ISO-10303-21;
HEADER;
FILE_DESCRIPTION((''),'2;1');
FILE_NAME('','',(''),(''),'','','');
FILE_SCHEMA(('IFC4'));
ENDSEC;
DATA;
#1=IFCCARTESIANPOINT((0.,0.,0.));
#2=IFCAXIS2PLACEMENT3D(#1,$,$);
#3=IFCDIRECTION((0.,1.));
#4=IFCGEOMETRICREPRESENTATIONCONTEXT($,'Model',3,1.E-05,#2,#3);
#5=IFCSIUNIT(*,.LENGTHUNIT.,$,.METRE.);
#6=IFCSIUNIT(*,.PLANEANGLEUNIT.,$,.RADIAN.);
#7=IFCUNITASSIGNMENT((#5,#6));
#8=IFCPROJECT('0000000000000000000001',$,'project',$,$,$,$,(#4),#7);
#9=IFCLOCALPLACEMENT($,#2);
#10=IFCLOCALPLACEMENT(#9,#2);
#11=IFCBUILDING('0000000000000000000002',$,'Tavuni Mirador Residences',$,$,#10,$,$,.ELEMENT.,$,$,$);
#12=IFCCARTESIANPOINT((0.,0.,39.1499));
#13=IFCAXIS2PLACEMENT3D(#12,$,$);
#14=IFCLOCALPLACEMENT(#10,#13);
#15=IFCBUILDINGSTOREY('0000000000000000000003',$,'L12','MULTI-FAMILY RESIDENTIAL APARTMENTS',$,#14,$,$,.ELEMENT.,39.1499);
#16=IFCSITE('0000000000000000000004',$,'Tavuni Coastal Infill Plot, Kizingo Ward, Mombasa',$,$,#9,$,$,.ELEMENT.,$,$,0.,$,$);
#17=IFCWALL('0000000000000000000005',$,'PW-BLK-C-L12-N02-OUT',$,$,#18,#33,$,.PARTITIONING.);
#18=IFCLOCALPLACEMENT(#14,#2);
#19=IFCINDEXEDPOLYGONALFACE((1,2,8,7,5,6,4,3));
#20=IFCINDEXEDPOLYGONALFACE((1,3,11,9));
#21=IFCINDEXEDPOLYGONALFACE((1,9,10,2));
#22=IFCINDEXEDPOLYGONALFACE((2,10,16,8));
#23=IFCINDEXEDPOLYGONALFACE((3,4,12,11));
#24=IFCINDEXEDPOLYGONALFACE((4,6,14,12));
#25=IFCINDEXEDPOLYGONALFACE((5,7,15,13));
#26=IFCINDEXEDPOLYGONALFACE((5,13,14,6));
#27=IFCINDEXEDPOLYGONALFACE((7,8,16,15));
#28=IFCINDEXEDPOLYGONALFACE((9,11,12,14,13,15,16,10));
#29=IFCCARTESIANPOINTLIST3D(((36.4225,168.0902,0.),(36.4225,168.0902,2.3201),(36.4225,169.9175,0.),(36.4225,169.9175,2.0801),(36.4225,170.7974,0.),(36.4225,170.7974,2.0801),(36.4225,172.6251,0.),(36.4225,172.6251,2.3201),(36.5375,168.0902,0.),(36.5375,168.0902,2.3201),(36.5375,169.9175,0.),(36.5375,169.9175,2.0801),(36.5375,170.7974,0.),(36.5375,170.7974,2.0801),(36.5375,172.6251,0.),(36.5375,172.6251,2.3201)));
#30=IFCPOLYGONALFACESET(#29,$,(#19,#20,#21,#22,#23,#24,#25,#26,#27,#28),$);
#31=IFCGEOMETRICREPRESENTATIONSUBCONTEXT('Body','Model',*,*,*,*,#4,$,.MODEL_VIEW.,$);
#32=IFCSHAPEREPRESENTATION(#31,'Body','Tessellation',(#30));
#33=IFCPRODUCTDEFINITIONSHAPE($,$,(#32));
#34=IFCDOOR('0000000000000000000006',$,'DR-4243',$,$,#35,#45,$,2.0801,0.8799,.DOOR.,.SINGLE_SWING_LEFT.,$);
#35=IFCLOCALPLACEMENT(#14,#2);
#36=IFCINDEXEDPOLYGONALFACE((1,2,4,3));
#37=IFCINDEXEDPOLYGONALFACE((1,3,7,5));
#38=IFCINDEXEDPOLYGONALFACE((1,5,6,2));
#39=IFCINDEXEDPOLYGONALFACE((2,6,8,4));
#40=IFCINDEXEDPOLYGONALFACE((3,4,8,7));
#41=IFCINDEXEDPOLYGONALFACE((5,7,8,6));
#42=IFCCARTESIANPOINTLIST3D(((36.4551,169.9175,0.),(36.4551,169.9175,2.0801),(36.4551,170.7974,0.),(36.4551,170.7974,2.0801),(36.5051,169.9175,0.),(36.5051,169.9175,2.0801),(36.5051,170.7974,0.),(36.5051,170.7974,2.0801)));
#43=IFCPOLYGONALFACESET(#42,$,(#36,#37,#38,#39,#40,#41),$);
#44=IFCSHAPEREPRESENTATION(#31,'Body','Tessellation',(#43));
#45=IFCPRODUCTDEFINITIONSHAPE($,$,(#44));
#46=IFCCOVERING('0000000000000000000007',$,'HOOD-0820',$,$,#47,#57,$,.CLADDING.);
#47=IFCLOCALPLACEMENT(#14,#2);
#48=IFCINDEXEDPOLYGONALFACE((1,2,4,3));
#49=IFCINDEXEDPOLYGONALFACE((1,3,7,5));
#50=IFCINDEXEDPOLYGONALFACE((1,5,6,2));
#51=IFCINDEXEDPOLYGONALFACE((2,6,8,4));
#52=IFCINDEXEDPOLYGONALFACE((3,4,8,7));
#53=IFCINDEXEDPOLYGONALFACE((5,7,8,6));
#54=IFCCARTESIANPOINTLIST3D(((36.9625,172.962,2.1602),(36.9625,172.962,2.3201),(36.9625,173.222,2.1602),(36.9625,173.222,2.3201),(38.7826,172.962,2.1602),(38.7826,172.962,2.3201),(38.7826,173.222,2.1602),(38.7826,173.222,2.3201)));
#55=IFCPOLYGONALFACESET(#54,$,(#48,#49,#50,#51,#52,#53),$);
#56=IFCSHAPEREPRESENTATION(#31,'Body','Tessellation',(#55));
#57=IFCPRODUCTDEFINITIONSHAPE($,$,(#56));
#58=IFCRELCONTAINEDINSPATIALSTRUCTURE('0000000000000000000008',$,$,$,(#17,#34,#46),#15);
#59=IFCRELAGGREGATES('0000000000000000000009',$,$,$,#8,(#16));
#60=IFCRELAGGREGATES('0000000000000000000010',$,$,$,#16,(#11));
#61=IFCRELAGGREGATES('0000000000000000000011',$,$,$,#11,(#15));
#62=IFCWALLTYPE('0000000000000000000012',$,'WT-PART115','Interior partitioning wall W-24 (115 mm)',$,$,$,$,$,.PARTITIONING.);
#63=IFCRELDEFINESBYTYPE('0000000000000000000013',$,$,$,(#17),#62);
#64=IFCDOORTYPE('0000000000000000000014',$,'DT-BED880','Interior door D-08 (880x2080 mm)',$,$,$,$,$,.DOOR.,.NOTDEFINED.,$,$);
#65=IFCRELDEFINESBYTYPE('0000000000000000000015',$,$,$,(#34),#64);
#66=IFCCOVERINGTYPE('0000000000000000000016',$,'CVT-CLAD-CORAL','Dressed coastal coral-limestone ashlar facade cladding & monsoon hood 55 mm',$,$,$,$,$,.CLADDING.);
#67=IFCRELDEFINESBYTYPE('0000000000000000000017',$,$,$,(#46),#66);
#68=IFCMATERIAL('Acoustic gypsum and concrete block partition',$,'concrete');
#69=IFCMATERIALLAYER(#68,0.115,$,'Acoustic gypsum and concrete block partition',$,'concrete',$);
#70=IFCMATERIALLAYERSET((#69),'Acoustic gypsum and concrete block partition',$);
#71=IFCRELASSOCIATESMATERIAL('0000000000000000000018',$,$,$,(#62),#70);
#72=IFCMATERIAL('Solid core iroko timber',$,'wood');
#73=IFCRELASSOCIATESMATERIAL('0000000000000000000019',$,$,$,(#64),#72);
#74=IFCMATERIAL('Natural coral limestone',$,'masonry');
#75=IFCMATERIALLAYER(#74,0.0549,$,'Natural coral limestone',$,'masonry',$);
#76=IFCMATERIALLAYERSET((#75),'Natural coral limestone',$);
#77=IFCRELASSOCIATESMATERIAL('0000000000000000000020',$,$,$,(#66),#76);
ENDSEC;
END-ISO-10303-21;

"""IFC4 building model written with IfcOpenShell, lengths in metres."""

from ifc_helpers import new_model, si_unit, direction, frame, frame_2d, origin, origin_2d, place, context, subcontext, project, spatial, rectangle, extrude, material, layer, layer_set, type_object, element, fill, save


model = new_model("IFC4")

# Units and contexts
model_context = context("Model", 3, precision=1e-05, world=origin(), true_north=direction((0.0, 1.0)))
body_context = subcontext(model_context, "Body", "Model", "MODEL_VIEW")
ifc_project = project(units=[si_unit("LENGTHUNIT", "METRE"), si_unit("PLANEANGLEUNIT", "RADIAN")], contexts=[model_context])

# Site, building, storey
site_placement = place(None, origin())
site = spatial("IfcSite", under=ifc_project, at=site_placement, Name="Tavuni Coastal Infill Plot, Kizingo Ward, Mombasa", CompositionType="ELEMENT", RefElevation=0.0)
building_placement = place(site_placement, origin())
building = spatial("IfcBuilding", under=site, at=building_placement, Name="Tavuni Mirador Residences", CompositionType="ELEMENT")
storey_placement = place(building_placement, frame((0.0, 0.0, 39.1499)))
storey = spatial("IfcBuildingStorey", under=building, at=storey_placement, Name="L12", Description="MULTI-FAMILY RESIDENTIAL APARTMENTS", CompositionType="ELEMENT", Elevation=39.1499)

# Shared definitions
ifc_material_1 = material(Name="Solid core iroko timber", Category="wood")

# Wall, opening, door
ifc_material_2 = material(Name="Acoustic gypsum and concrete block partition", Category="concrete")
ifc_layer_1 = layer(ifc_material_2, 0.115, Name="Acoustic gypsum and concrete block partition", Category="concrete")
ifc_layer_set_1 = layer_set([ifc_layer_1], Name="Acoustic gypsum and concrete block partition")
wall_type_1 = type_object("IfcWallType", Name="WT-PART115", Description="Interior partitioning wall W-24 (115 mm)", PredefinedType="PARTITIONING", material=ifc_layer_set_1)
wall_1_placement = place(storey_placement, frame((36.48, 168.0901, 0.0), z_axis=(0.0, 0.0, 1.0), x_axis=(0.0, 1.0, 0.0)))
wall_1 = element("IfcWall", 1, at=wall_1_placement, inside=storey, type_object=wall_type_1, Name="PW-BLK-C-L12-N02-OUT", PredefinedType="PARTITIONING", context=body_context, shape_type="SweptSolid", body=[
    extrude(rectangle(XDim=4.5349, YDim=0.115, at=frame_2d((2.2676, 0.0))), origin(), (0.0, 0.0, 1.0), 2.3201),
])
opening_1_placement = place(wall_1_placement, frame((1.8274, 0.0, 0.0)))
opening_1 = element("IfcOpeningElement", 2, at=opening_1_placement, cuts=wall_1, PredefinedType="OPENING", context=body_context, shape_type="SweptSolid", body=[
    extrude(rectangle(XDim=0.8799, YDim=2.0801, at=frame_2d((0.4399, 1.04))), frame((0.0, 0.0674, 0.0), z_axis=(0.0, -1.0, 0.0), x_axis=(1.0, 0.0, 0.0)), (0.0, 0.0, 1.0), 0.135),
])
door_type_1 = type_object("IfcDoorType", Name="DT-BED880", Description="Interior door D-08 (880x2080 mm)", OperationType="NOTDEFINED", PredefinedType="DOOR", material=ifc_material_1)
door_1_placement = place(opening_1_placement, origin())
door_1 = element("IfcDoor", 3, at=door_1_placement, inside=storey, type_object=door_type_1, Name="DR-4243", OperationType="SINGLE_SWING_LEFT", OverallHeight=2.0801, OverallWidth=0.8799, PredefinedType="DOOR", context=body_context, shape_type="SweptSolid", body=[
    extrude(rectangle(XDim=0.8799, YDim=2.0801, at=frame_2d((0.4399, 1.04))), frame((0.0, 0.0249, 0.0), z_axis=(0.0, -1.0, 0.0), x_axis=(1.0, 0.0, 0.0)), (0.0, 0.0, 1.0), 0.05),
])
fill(opening_1, door_1)

# Covering
ifc_material_3 = material(Name="Natural coral limestone", Category="masonry")
ifc_layer_2 = layer(ifc_material_3, 0.0549, Name="Natural coral limestone", Category="masonry")
ifc_layer_set_2 = layer_set([ifc_layer_2], Name="Natural coral limestone")
covering_type = type_object("IfcCoveringType", Name="CVT-CLAD-CORAL", Description="Dressed coastal coral-limestone ashlar facade cladding & monsoon hood 55 mm", PredefinedType="CLADDING", material=ifc_layer_set_2)
covering_placement = place(storey_placement, frame((37.8726, 173.092, 2.1602), z_axis=(0.0, 0.0, 1.0), x_axis=(-1.0, 0.0, 0.0)))
element("IfcCovering", 4, at=covering_placement, inside=storey, type_object=covering_type, Name="HOOD-0820", PredefinedType="CLADDING", context=body_context, shape_type="SweptSolid", body=[
    extrude(rectangle(XDim=1.8201, YDim=0.26, at=origin_2d()), origin(), (0.0, 0.0, 1.0), 0.1599),
])

save(model, "model.ifc")
